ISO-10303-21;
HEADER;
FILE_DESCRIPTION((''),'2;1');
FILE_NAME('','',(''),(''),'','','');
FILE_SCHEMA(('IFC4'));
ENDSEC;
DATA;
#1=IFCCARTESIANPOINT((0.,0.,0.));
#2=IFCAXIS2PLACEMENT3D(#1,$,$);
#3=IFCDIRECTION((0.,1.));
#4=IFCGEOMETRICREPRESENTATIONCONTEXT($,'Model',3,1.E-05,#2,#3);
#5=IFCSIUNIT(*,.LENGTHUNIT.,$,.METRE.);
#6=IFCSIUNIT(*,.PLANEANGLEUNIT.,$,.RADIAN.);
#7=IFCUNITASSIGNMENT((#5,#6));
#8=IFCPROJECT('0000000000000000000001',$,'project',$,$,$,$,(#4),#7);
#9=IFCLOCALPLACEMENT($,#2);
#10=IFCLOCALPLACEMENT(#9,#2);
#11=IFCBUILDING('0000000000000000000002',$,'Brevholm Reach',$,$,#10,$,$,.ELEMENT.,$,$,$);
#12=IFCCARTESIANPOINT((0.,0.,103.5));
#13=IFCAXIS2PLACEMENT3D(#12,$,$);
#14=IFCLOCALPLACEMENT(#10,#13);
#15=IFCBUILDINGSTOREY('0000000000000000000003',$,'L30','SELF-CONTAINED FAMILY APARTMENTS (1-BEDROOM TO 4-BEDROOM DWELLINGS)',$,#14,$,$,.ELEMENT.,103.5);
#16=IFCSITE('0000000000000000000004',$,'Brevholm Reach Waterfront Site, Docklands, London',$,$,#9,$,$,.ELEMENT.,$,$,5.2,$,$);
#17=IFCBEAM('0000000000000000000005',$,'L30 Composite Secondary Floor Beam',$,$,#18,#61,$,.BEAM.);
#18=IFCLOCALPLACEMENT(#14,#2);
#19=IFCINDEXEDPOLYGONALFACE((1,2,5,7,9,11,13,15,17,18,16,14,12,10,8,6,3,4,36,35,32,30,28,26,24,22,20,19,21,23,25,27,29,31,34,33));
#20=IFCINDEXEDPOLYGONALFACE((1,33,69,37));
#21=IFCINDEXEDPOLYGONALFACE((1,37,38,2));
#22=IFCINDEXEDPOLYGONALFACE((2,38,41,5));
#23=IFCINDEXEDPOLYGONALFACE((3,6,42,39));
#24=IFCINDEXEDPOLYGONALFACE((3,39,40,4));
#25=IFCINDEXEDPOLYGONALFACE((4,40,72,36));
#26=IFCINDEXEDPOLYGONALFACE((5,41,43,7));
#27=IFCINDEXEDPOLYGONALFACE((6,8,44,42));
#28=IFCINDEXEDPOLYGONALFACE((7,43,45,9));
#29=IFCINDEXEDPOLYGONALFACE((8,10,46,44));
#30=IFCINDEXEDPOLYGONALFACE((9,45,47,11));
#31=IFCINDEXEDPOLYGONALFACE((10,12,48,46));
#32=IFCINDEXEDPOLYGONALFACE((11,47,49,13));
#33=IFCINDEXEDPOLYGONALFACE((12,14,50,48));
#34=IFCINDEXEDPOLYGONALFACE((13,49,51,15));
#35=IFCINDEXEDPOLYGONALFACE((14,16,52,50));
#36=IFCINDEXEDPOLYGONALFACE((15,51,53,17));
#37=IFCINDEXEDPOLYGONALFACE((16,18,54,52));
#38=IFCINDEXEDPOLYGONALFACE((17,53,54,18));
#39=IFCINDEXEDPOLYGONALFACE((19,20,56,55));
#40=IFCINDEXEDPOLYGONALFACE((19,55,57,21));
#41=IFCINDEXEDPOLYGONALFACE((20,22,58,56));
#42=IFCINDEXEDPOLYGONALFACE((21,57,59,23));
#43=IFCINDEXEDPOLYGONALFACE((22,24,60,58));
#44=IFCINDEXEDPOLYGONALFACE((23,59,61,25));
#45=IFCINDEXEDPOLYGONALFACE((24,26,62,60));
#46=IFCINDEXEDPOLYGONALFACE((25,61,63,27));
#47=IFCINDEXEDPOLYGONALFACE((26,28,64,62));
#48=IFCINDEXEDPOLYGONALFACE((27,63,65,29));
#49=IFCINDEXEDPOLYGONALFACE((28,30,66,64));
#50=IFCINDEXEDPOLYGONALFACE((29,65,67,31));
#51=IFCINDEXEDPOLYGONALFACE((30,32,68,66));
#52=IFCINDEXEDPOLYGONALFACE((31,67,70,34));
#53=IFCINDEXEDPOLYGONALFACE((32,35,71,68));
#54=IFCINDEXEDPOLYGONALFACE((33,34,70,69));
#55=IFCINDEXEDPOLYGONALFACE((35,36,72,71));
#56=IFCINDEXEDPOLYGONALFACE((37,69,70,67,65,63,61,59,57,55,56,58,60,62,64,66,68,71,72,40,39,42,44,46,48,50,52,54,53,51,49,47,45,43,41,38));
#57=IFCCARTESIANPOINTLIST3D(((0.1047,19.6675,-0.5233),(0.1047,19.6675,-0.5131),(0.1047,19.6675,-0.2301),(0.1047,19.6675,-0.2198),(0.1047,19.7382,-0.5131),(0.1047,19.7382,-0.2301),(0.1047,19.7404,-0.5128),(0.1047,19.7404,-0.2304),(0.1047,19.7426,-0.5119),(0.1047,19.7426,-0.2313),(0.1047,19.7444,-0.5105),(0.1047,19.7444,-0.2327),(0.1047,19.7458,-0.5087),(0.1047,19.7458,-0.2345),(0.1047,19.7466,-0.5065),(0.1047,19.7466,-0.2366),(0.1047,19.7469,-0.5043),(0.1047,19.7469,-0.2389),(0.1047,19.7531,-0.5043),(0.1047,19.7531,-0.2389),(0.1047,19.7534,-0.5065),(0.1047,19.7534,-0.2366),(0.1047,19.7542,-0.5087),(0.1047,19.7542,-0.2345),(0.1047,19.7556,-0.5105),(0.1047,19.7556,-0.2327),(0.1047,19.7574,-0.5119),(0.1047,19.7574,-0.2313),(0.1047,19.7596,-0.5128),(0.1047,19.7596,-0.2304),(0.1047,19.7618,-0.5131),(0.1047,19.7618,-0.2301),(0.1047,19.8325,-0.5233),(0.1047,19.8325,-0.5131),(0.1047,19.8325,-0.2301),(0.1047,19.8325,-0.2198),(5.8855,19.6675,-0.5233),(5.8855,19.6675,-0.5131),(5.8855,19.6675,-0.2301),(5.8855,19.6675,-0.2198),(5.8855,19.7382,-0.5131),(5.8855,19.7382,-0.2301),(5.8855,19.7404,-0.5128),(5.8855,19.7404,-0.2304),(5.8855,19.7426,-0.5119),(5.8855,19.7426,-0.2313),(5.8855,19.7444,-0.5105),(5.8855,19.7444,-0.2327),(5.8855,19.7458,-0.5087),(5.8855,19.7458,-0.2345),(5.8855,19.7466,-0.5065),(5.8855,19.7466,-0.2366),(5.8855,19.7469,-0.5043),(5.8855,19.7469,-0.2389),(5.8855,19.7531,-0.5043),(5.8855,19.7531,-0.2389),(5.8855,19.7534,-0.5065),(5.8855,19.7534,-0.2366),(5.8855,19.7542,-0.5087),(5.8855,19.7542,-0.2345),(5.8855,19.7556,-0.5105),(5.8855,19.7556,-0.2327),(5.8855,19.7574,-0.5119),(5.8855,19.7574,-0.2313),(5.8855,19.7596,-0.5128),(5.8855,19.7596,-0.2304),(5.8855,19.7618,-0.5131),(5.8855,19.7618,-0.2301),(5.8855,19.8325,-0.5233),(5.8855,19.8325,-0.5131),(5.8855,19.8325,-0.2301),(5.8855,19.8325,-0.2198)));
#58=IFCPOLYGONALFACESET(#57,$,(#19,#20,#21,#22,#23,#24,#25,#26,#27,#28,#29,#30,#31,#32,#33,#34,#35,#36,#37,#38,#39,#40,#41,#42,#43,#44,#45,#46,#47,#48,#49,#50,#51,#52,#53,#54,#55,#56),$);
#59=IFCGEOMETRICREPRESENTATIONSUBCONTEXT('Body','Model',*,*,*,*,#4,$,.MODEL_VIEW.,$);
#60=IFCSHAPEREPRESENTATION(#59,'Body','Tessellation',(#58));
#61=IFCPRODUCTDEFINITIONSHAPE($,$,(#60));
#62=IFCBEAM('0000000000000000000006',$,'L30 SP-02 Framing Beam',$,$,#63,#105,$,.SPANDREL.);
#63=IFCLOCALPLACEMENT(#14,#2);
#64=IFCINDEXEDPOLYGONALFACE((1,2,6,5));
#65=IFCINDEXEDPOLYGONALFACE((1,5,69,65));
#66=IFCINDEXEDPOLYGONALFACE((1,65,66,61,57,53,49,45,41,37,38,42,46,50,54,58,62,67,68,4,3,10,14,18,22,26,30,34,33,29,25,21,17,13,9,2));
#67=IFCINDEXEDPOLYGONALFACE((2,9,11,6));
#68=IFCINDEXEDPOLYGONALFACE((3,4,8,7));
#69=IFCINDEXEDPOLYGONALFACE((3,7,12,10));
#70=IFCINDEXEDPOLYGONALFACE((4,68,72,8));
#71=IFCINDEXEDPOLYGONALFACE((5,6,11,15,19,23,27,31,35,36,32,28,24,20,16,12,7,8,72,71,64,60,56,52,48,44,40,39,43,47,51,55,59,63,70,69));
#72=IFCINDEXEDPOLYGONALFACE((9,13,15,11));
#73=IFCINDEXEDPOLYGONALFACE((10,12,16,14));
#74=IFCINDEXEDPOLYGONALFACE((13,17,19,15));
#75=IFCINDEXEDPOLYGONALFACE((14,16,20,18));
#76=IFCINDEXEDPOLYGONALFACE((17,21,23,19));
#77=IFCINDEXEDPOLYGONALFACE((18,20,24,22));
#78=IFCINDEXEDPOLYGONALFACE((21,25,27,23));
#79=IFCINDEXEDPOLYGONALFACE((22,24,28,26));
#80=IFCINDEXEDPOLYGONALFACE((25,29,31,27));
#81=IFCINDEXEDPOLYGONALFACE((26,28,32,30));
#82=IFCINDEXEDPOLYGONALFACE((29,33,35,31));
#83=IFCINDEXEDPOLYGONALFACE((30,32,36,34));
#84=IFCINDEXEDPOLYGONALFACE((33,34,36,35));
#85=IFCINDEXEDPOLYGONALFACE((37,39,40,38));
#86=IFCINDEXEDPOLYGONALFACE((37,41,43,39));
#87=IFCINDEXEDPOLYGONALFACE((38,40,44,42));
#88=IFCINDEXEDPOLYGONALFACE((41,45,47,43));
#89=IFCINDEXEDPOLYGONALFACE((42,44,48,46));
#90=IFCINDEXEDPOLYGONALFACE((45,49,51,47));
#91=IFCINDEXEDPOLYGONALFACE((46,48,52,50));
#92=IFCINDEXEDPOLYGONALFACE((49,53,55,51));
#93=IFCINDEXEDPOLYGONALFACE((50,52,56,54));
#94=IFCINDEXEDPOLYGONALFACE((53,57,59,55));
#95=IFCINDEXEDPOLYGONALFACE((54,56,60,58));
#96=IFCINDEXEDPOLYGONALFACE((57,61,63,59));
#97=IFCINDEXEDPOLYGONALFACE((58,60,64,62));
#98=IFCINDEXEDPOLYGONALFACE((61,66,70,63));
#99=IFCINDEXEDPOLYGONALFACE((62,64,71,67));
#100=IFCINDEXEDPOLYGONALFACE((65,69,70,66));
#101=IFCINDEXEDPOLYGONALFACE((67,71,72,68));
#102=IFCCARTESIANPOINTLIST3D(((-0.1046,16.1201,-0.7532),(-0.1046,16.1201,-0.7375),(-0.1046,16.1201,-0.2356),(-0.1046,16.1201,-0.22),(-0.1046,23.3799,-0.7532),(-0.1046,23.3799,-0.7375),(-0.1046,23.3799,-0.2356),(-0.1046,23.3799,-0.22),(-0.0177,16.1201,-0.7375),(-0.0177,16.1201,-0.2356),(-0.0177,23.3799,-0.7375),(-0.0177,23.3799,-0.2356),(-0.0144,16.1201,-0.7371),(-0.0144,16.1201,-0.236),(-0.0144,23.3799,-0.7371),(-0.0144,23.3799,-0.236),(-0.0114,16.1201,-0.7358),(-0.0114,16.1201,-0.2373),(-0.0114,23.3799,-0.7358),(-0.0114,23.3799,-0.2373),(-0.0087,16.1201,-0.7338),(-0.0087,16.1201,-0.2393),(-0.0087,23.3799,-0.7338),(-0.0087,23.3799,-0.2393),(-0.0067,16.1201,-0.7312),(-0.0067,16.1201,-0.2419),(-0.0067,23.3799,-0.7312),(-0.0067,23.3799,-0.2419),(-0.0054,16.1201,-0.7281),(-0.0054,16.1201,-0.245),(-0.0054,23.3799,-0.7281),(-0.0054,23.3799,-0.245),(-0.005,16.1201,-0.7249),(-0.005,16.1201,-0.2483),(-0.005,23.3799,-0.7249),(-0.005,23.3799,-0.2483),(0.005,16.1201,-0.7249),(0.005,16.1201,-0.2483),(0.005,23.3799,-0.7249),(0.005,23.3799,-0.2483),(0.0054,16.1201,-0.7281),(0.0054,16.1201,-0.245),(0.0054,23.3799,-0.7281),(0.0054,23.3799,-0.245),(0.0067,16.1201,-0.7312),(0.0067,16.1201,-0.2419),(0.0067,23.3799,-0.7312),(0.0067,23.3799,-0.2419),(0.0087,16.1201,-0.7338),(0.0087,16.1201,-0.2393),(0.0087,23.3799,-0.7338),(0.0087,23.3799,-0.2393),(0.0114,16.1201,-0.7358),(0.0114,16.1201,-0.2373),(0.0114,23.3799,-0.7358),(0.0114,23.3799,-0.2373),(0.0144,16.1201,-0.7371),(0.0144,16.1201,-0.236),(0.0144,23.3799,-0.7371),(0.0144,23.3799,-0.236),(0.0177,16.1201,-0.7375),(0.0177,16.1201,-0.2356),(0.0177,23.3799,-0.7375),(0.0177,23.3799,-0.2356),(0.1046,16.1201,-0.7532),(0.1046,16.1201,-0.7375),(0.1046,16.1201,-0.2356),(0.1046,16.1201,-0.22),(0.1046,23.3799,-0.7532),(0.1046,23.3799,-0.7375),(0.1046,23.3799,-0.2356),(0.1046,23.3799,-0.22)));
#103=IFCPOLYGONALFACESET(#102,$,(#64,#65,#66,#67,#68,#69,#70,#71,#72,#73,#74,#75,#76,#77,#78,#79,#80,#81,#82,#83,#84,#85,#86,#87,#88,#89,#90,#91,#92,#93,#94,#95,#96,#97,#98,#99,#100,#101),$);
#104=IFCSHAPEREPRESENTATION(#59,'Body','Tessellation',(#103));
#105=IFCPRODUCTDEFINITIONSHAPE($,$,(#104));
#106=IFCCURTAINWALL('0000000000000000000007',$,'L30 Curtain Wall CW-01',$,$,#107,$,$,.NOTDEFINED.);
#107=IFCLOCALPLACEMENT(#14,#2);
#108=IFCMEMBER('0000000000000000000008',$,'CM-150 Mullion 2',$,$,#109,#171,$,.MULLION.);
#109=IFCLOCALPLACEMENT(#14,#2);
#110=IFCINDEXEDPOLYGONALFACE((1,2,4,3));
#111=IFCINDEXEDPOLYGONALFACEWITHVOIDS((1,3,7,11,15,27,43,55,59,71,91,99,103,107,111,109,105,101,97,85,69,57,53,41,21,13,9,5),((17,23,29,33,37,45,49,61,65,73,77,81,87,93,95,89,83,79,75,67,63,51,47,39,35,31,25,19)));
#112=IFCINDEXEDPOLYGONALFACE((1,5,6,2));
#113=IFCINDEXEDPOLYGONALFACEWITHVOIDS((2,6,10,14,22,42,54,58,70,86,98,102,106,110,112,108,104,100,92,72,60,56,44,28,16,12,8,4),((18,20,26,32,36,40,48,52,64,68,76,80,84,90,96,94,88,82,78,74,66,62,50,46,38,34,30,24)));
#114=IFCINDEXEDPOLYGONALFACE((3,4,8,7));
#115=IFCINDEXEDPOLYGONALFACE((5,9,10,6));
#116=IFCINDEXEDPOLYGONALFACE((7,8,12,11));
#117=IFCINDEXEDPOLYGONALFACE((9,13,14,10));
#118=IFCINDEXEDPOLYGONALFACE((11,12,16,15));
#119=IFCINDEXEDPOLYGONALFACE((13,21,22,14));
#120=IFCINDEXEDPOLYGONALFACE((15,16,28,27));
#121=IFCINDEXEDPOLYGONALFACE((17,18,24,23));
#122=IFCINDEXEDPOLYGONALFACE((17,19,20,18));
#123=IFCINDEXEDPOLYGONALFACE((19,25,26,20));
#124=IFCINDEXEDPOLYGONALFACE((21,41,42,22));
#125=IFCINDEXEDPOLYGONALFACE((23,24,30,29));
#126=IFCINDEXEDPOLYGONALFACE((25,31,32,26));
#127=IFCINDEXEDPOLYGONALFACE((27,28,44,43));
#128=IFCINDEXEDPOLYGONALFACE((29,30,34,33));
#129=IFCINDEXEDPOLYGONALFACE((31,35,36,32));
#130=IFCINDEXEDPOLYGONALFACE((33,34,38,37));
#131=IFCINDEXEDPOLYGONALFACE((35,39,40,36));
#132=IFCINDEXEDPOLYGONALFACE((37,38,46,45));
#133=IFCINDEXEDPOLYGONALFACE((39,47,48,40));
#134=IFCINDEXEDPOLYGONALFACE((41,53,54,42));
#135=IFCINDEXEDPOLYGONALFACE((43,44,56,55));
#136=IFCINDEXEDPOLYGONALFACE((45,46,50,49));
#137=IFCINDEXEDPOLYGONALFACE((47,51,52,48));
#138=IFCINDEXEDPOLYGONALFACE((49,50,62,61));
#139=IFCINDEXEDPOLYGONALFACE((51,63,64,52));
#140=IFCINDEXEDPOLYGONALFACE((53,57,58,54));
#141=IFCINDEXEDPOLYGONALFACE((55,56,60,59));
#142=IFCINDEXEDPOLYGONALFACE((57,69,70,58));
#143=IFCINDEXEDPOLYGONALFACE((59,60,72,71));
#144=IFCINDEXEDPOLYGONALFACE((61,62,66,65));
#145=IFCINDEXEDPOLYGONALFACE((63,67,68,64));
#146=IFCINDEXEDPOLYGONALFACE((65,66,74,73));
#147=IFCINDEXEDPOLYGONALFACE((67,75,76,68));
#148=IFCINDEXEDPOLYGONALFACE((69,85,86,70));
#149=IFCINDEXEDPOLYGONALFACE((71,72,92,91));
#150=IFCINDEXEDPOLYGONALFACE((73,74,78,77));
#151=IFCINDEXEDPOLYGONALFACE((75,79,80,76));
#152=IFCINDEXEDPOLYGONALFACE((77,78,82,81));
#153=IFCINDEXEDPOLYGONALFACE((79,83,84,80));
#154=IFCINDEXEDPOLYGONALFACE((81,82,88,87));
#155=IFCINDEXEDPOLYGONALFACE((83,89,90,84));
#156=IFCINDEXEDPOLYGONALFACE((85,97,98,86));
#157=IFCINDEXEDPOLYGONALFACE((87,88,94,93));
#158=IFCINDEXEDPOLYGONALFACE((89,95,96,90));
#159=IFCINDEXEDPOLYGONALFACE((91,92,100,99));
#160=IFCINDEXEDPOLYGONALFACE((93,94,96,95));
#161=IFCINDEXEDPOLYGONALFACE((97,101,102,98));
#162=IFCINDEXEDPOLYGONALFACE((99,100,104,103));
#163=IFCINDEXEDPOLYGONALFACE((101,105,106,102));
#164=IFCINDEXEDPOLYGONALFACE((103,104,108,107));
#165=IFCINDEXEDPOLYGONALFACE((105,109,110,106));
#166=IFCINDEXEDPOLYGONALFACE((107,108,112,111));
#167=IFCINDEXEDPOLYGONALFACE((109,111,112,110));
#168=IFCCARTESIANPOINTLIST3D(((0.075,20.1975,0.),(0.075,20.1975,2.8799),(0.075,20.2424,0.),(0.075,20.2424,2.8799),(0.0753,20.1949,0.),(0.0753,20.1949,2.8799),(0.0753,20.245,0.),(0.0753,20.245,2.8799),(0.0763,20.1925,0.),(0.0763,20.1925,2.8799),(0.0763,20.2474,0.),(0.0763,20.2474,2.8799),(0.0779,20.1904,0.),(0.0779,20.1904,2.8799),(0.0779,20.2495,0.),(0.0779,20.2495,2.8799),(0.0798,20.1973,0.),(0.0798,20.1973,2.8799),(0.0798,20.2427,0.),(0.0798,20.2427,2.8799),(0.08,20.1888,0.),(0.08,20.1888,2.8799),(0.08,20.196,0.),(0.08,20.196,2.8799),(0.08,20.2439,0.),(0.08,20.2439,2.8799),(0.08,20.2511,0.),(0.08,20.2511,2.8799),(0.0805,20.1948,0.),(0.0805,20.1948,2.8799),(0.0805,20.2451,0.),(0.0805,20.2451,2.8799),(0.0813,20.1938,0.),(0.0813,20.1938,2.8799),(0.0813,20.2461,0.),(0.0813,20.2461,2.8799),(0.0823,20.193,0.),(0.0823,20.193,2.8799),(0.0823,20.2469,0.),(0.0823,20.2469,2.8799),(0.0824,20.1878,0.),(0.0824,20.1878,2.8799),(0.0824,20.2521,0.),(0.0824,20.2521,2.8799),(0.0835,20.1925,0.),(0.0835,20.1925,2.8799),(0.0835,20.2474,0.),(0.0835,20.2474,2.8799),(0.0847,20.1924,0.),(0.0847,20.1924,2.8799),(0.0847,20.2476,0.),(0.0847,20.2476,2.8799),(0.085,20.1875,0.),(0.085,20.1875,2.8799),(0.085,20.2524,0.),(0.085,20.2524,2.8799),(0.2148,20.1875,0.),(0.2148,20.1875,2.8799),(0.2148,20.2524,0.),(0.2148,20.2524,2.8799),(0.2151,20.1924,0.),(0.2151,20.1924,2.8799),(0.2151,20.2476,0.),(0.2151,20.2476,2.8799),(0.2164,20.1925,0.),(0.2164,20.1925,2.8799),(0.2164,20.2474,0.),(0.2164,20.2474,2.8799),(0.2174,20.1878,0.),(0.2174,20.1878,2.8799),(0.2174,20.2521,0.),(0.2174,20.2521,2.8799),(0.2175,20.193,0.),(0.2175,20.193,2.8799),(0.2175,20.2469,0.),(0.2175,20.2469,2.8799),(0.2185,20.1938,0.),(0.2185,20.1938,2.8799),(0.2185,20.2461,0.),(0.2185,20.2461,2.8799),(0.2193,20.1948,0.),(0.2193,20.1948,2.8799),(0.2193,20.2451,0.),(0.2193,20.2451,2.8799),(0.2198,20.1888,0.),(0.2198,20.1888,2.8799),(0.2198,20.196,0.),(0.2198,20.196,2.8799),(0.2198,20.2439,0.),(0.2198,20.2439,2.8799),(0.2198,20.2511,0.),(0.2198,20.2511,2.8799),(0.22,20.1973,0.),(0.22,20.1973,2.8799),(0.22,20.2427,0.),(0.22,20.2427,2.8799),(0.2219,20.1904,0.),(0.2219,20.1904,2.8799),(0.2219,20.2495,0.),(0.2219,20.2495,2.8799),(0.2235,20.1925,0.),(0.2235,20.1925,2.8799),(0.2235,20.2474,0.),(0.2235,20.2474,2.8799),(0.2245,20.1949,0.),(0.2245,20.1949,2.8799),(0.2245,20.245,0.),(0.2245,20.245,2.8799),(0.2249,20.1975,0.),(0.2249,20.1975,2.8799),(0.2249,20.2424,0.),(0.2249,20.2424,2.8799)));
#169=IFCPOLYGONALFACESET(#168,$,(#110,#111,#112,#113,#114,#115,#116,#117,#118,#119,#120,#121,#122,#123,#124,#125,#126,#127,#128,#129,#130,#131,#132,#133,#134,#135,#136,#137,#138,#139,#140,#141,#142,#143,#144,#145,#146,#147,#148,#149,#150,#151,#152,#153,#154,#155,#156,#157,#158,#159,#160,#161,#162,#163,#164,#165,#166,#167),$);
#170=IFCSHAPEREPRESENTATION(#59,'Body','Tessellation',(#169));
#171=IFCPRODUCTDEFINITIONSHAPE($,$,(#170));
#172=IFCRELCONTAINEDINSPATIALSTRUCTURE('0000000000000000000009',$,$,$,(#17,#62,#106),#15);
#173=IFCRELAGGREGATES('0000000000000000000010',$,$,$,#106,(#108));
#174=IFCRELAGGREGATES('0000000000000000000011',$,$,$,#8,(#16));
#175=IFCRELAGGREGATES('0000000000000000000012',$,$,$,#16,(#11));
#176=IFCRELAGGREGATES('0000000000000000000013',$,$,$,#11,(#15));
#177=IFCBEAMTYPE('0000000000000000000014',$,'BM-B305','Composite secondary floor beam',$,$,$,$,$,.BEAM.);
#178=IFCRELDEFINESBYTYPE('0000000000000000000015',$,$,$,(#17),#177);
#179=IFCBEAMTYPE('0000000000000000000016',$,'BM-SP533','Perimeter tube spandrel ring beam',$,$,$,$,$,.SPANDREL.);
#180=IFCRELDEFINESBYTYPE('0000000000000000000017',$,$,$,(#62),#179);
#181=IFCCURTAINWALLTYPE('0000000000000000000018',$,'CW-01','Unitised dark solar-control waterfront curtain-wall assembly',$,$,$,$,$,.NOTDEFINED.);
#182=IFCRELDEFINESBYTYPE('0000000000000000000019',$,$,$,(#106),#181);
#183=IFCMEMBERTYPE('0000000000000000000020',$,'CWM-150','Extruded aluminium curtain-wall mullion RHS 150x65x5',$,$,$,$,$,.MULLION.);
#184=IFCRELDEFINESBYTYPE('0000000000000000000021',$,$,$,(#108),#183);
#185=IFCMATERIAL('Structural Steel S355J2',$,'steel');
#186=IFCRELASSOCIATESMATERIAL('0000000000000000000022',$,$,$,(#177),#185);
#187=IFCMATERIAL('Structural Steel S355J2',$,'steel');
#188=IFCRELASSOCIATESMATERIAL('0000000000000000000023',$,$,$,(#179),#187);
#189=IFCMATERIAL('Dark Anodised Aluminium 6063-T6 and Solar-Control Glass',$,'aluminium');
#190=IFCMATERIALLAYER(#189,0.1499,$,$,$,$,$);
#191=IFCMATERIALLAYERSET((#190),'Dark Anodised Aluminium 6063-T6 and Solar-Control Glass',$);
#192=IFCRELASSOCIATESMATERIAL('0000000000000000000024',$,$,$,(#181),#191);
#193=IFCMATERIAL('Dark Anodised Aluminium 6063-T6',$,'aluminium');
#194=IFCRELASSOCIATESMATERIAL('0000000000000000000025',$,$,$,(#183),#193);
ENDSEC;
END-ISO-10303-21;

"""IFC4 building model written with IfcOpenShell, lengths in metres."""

from ifc_helpers import new_model, si_unit, direction, frame, origin, origin_2d, place, context, subcontext, project, spatial, hollow_rectangle, i_section, extrude, material, layer, layer_set, material_profile, profile_set, type_object, element, aggregate, save


model = new_model("IFC4")

# Units and contexts
model_context = context("Model", 3, precision=1e-05, world=origin(), true_north=direction((0.0, 1.0)))
body_context = subcontext(model_context, "Body", "Model", "MODEL_VIEW")
ifc_project = project(units=[si_unit("LENGTHUNIT", "METRE"), si_unit("PLANEANGLEUNIT", "RADIAN")], contexts=[model_context])

# Site, building, storey
site_placement = place(None, origin())
site = spatial("IfcSite", under=ifc_project, at=site_placement, Name="Brevholm Reach Waterfront Site, Docklands, London", CompositionType="ELEMENT", RefElevation=5.2)
building_placement = place(site_placement, origin())
building = spatial("IfcBuilding", under=site, at=building_placement, Name="Brevholm Reach", CompositionType="ELEMENT")
storey_placement = place(building_placement, frame((0.0, 0.0, 103.5)))
storey = spatial("IfcBuildingStorey", under=building, at=storey_placement, Name="L30", Description="SELF-CONTAINED FAMILY APARTMENTS (1-BEDROOM TO 4-BEDROOM DWELLINGS)", CompositionType="ELEMENT", Elevation=103.5)

# Beams
ifc_material_1 = material(Name="Structural Steel S355J2", Category="steel")
ifc_material_profile_1 = material_profile(ifc_material_1, i_section(OverallWidth=0.165, OverallDepth=0.3035, WebThickness=0.0061, FlangeThickness=0.0103, FilletRadius=0.0088, at=origin_2d()), Name="UKB 305x165x40")
ifc_profile_set_1 = profile_set([ifc_material_profile_1], Name="Structural Steel S355J2")
beam_type_1 = type_object("IfcBeamType", Name="BM-B305", Description="Composite secondary floor beam", PredefinedType="BEAM", material=ifc_profile_set_1)
beam_1_placement = place(storey_placement, frame((0.1047, 19.75, -0.3716), z_axis=(1.0, 0.0, 0.0), x_axis=(0.0, 1.0, 0.0)))
element("IfcBeam", 1, at=beam_1_placement, inside=storey, type_object=beam_type_1, Name="L30 Composite Secondary Floor Beam", PredefinedType="BEAM", context=body_context, shape_type="SweptSolid", body=[
    extrude(i_section(OverallWidth=0.165, OverallDepth=0.3035, WebThickness=0.0061, FlangeThickness=0.0103, FilletRadius=0.0088, at=origin_2d()), origin(), (0.0, 0.0, 1.0), 5.7808),
])
ifc_material_2 = material(Name="Structural Steel S355J2", Category="steel")
ifc_material_profile_2 = material_profile(ifc_material_2, i_section(OverallWidth=0.2092, OverallDepth=0.5332, WebThickness=0.01, FlangeThickness=0.0156, FilletRadius=0.0127, at=origin_2d()), Name="UKB 533x210x92")
ifc_profile_set_2 = profile_set([ifc_material_profile_2], Name="Structural Steel S355J2")
beam_type_2 = type_object("IfcBeamType", Name="BM-SP533", Description="Perimeter tube spandrel ring beam", PredefinedType="SPANDREL", material=ifc_profile_set_2)
beam_2_placement = place(storey_placement, frame((0.0, 16.1201, -0.4866), z_axis=(0.0, 1.0, 0.0), x_axis=(-1.0, 0.0, 0.0)))
element("IfcBeam", 2, at=beam_2_placement, inside=storey, type_object=beam_type_2, Name="L30 SP-02 Framing Beam", PredefinedType="SPANDREL", context=body_context, shape_type="SweptSolid", body=[
    extrude(i_section(OverallWidth=0.2092, OverallDepth=0.5332, WebThickness=0.01, FlangeThickness=0.0156, FilletRadius=0.0127, at=origin_2d()), origin(), (0.0, 0.0, 1.0), 7.2598),
])

# Curtain wall, member
ifc_material_3 = material(Name="Dark Anodised Aluminium 6063-T6 and Solar-Control Glass", Category="aluminium")
ifc_layer_1 = layer(ifc_material_3, 0.1499)
ifc_layer_set_1 = layer_set([ifc_layer_1], Name="Dark Anodised Aluminium 6063-T6 and Solar-Control Glass")
curtain_wall_type = type_object("IfcCurtainWallType", Name="CW-01", Description="Unitised dark solar-control waterfront curtain-wall assembly", PredefinedType="NOTDEFINED", material=ifc_layer_set_1)
curtain_wall_placement = place(storey_placement, origin())
curtain_wall = element("IfcCurtainWall", 3, at=curtain_wall_placement, inside=storey, type_object=curtain_wall_type, Name="L30 Curtain Wall CW-01", PredefinedType="NOTDEFINED")
ifc_material_4 = material(Name="Dark Anodised Aluminium 6063-T6", Category="aluminium")
ifc_material_profile_3 = material_profile(ifc_material_4, hollow_rectangle(XDim=0.0649, YDim=0.1499, WallThickness=0.0049, InnerFilletRadius=0.0049, OuterFilletRadius=0.01, at=origin_2d()), Name="RHS 150x65x5")
ifc_profile_set_3 = profile_set([ifc_material_profile_3], Name="Dark Anodised Aluminium 6063-T6")
member_type_1 = type_object("IfcMemberType", Name="CWM-150", Description="Extruded aluminium curtain-wall mullion RHS 150x65x5", PredefinedType="MULLION", material=ifc_profile_set_3)
member_1_placement = place(storey_placement, frame((0.1499, 20.22, 0.0), z_axis=(0.0, 0.0, 1.0), x_axis=(0.0, -1.0, 0.0)))
member_1 = element("IfcMember", 4, at=member_1_placement, type_object=member_type_1, Name="CM-150 Mullion 2", PredefinedType="MULLION", context=body_context, shape_type="SweptSolid", body=[
    extrude(hollow_rectangle(XDim=0.0649, YDim=0.1499, WallThickness=0.0049, InnerFilletRadius=0.0049, OuterFilletRadius=0.01, at=origin_2d()), origin(), (0.0, 0.0, 1.0), 2.8799),
])
aggregate(curtain_wall, [member_1])

save(model, "model.ifc")
